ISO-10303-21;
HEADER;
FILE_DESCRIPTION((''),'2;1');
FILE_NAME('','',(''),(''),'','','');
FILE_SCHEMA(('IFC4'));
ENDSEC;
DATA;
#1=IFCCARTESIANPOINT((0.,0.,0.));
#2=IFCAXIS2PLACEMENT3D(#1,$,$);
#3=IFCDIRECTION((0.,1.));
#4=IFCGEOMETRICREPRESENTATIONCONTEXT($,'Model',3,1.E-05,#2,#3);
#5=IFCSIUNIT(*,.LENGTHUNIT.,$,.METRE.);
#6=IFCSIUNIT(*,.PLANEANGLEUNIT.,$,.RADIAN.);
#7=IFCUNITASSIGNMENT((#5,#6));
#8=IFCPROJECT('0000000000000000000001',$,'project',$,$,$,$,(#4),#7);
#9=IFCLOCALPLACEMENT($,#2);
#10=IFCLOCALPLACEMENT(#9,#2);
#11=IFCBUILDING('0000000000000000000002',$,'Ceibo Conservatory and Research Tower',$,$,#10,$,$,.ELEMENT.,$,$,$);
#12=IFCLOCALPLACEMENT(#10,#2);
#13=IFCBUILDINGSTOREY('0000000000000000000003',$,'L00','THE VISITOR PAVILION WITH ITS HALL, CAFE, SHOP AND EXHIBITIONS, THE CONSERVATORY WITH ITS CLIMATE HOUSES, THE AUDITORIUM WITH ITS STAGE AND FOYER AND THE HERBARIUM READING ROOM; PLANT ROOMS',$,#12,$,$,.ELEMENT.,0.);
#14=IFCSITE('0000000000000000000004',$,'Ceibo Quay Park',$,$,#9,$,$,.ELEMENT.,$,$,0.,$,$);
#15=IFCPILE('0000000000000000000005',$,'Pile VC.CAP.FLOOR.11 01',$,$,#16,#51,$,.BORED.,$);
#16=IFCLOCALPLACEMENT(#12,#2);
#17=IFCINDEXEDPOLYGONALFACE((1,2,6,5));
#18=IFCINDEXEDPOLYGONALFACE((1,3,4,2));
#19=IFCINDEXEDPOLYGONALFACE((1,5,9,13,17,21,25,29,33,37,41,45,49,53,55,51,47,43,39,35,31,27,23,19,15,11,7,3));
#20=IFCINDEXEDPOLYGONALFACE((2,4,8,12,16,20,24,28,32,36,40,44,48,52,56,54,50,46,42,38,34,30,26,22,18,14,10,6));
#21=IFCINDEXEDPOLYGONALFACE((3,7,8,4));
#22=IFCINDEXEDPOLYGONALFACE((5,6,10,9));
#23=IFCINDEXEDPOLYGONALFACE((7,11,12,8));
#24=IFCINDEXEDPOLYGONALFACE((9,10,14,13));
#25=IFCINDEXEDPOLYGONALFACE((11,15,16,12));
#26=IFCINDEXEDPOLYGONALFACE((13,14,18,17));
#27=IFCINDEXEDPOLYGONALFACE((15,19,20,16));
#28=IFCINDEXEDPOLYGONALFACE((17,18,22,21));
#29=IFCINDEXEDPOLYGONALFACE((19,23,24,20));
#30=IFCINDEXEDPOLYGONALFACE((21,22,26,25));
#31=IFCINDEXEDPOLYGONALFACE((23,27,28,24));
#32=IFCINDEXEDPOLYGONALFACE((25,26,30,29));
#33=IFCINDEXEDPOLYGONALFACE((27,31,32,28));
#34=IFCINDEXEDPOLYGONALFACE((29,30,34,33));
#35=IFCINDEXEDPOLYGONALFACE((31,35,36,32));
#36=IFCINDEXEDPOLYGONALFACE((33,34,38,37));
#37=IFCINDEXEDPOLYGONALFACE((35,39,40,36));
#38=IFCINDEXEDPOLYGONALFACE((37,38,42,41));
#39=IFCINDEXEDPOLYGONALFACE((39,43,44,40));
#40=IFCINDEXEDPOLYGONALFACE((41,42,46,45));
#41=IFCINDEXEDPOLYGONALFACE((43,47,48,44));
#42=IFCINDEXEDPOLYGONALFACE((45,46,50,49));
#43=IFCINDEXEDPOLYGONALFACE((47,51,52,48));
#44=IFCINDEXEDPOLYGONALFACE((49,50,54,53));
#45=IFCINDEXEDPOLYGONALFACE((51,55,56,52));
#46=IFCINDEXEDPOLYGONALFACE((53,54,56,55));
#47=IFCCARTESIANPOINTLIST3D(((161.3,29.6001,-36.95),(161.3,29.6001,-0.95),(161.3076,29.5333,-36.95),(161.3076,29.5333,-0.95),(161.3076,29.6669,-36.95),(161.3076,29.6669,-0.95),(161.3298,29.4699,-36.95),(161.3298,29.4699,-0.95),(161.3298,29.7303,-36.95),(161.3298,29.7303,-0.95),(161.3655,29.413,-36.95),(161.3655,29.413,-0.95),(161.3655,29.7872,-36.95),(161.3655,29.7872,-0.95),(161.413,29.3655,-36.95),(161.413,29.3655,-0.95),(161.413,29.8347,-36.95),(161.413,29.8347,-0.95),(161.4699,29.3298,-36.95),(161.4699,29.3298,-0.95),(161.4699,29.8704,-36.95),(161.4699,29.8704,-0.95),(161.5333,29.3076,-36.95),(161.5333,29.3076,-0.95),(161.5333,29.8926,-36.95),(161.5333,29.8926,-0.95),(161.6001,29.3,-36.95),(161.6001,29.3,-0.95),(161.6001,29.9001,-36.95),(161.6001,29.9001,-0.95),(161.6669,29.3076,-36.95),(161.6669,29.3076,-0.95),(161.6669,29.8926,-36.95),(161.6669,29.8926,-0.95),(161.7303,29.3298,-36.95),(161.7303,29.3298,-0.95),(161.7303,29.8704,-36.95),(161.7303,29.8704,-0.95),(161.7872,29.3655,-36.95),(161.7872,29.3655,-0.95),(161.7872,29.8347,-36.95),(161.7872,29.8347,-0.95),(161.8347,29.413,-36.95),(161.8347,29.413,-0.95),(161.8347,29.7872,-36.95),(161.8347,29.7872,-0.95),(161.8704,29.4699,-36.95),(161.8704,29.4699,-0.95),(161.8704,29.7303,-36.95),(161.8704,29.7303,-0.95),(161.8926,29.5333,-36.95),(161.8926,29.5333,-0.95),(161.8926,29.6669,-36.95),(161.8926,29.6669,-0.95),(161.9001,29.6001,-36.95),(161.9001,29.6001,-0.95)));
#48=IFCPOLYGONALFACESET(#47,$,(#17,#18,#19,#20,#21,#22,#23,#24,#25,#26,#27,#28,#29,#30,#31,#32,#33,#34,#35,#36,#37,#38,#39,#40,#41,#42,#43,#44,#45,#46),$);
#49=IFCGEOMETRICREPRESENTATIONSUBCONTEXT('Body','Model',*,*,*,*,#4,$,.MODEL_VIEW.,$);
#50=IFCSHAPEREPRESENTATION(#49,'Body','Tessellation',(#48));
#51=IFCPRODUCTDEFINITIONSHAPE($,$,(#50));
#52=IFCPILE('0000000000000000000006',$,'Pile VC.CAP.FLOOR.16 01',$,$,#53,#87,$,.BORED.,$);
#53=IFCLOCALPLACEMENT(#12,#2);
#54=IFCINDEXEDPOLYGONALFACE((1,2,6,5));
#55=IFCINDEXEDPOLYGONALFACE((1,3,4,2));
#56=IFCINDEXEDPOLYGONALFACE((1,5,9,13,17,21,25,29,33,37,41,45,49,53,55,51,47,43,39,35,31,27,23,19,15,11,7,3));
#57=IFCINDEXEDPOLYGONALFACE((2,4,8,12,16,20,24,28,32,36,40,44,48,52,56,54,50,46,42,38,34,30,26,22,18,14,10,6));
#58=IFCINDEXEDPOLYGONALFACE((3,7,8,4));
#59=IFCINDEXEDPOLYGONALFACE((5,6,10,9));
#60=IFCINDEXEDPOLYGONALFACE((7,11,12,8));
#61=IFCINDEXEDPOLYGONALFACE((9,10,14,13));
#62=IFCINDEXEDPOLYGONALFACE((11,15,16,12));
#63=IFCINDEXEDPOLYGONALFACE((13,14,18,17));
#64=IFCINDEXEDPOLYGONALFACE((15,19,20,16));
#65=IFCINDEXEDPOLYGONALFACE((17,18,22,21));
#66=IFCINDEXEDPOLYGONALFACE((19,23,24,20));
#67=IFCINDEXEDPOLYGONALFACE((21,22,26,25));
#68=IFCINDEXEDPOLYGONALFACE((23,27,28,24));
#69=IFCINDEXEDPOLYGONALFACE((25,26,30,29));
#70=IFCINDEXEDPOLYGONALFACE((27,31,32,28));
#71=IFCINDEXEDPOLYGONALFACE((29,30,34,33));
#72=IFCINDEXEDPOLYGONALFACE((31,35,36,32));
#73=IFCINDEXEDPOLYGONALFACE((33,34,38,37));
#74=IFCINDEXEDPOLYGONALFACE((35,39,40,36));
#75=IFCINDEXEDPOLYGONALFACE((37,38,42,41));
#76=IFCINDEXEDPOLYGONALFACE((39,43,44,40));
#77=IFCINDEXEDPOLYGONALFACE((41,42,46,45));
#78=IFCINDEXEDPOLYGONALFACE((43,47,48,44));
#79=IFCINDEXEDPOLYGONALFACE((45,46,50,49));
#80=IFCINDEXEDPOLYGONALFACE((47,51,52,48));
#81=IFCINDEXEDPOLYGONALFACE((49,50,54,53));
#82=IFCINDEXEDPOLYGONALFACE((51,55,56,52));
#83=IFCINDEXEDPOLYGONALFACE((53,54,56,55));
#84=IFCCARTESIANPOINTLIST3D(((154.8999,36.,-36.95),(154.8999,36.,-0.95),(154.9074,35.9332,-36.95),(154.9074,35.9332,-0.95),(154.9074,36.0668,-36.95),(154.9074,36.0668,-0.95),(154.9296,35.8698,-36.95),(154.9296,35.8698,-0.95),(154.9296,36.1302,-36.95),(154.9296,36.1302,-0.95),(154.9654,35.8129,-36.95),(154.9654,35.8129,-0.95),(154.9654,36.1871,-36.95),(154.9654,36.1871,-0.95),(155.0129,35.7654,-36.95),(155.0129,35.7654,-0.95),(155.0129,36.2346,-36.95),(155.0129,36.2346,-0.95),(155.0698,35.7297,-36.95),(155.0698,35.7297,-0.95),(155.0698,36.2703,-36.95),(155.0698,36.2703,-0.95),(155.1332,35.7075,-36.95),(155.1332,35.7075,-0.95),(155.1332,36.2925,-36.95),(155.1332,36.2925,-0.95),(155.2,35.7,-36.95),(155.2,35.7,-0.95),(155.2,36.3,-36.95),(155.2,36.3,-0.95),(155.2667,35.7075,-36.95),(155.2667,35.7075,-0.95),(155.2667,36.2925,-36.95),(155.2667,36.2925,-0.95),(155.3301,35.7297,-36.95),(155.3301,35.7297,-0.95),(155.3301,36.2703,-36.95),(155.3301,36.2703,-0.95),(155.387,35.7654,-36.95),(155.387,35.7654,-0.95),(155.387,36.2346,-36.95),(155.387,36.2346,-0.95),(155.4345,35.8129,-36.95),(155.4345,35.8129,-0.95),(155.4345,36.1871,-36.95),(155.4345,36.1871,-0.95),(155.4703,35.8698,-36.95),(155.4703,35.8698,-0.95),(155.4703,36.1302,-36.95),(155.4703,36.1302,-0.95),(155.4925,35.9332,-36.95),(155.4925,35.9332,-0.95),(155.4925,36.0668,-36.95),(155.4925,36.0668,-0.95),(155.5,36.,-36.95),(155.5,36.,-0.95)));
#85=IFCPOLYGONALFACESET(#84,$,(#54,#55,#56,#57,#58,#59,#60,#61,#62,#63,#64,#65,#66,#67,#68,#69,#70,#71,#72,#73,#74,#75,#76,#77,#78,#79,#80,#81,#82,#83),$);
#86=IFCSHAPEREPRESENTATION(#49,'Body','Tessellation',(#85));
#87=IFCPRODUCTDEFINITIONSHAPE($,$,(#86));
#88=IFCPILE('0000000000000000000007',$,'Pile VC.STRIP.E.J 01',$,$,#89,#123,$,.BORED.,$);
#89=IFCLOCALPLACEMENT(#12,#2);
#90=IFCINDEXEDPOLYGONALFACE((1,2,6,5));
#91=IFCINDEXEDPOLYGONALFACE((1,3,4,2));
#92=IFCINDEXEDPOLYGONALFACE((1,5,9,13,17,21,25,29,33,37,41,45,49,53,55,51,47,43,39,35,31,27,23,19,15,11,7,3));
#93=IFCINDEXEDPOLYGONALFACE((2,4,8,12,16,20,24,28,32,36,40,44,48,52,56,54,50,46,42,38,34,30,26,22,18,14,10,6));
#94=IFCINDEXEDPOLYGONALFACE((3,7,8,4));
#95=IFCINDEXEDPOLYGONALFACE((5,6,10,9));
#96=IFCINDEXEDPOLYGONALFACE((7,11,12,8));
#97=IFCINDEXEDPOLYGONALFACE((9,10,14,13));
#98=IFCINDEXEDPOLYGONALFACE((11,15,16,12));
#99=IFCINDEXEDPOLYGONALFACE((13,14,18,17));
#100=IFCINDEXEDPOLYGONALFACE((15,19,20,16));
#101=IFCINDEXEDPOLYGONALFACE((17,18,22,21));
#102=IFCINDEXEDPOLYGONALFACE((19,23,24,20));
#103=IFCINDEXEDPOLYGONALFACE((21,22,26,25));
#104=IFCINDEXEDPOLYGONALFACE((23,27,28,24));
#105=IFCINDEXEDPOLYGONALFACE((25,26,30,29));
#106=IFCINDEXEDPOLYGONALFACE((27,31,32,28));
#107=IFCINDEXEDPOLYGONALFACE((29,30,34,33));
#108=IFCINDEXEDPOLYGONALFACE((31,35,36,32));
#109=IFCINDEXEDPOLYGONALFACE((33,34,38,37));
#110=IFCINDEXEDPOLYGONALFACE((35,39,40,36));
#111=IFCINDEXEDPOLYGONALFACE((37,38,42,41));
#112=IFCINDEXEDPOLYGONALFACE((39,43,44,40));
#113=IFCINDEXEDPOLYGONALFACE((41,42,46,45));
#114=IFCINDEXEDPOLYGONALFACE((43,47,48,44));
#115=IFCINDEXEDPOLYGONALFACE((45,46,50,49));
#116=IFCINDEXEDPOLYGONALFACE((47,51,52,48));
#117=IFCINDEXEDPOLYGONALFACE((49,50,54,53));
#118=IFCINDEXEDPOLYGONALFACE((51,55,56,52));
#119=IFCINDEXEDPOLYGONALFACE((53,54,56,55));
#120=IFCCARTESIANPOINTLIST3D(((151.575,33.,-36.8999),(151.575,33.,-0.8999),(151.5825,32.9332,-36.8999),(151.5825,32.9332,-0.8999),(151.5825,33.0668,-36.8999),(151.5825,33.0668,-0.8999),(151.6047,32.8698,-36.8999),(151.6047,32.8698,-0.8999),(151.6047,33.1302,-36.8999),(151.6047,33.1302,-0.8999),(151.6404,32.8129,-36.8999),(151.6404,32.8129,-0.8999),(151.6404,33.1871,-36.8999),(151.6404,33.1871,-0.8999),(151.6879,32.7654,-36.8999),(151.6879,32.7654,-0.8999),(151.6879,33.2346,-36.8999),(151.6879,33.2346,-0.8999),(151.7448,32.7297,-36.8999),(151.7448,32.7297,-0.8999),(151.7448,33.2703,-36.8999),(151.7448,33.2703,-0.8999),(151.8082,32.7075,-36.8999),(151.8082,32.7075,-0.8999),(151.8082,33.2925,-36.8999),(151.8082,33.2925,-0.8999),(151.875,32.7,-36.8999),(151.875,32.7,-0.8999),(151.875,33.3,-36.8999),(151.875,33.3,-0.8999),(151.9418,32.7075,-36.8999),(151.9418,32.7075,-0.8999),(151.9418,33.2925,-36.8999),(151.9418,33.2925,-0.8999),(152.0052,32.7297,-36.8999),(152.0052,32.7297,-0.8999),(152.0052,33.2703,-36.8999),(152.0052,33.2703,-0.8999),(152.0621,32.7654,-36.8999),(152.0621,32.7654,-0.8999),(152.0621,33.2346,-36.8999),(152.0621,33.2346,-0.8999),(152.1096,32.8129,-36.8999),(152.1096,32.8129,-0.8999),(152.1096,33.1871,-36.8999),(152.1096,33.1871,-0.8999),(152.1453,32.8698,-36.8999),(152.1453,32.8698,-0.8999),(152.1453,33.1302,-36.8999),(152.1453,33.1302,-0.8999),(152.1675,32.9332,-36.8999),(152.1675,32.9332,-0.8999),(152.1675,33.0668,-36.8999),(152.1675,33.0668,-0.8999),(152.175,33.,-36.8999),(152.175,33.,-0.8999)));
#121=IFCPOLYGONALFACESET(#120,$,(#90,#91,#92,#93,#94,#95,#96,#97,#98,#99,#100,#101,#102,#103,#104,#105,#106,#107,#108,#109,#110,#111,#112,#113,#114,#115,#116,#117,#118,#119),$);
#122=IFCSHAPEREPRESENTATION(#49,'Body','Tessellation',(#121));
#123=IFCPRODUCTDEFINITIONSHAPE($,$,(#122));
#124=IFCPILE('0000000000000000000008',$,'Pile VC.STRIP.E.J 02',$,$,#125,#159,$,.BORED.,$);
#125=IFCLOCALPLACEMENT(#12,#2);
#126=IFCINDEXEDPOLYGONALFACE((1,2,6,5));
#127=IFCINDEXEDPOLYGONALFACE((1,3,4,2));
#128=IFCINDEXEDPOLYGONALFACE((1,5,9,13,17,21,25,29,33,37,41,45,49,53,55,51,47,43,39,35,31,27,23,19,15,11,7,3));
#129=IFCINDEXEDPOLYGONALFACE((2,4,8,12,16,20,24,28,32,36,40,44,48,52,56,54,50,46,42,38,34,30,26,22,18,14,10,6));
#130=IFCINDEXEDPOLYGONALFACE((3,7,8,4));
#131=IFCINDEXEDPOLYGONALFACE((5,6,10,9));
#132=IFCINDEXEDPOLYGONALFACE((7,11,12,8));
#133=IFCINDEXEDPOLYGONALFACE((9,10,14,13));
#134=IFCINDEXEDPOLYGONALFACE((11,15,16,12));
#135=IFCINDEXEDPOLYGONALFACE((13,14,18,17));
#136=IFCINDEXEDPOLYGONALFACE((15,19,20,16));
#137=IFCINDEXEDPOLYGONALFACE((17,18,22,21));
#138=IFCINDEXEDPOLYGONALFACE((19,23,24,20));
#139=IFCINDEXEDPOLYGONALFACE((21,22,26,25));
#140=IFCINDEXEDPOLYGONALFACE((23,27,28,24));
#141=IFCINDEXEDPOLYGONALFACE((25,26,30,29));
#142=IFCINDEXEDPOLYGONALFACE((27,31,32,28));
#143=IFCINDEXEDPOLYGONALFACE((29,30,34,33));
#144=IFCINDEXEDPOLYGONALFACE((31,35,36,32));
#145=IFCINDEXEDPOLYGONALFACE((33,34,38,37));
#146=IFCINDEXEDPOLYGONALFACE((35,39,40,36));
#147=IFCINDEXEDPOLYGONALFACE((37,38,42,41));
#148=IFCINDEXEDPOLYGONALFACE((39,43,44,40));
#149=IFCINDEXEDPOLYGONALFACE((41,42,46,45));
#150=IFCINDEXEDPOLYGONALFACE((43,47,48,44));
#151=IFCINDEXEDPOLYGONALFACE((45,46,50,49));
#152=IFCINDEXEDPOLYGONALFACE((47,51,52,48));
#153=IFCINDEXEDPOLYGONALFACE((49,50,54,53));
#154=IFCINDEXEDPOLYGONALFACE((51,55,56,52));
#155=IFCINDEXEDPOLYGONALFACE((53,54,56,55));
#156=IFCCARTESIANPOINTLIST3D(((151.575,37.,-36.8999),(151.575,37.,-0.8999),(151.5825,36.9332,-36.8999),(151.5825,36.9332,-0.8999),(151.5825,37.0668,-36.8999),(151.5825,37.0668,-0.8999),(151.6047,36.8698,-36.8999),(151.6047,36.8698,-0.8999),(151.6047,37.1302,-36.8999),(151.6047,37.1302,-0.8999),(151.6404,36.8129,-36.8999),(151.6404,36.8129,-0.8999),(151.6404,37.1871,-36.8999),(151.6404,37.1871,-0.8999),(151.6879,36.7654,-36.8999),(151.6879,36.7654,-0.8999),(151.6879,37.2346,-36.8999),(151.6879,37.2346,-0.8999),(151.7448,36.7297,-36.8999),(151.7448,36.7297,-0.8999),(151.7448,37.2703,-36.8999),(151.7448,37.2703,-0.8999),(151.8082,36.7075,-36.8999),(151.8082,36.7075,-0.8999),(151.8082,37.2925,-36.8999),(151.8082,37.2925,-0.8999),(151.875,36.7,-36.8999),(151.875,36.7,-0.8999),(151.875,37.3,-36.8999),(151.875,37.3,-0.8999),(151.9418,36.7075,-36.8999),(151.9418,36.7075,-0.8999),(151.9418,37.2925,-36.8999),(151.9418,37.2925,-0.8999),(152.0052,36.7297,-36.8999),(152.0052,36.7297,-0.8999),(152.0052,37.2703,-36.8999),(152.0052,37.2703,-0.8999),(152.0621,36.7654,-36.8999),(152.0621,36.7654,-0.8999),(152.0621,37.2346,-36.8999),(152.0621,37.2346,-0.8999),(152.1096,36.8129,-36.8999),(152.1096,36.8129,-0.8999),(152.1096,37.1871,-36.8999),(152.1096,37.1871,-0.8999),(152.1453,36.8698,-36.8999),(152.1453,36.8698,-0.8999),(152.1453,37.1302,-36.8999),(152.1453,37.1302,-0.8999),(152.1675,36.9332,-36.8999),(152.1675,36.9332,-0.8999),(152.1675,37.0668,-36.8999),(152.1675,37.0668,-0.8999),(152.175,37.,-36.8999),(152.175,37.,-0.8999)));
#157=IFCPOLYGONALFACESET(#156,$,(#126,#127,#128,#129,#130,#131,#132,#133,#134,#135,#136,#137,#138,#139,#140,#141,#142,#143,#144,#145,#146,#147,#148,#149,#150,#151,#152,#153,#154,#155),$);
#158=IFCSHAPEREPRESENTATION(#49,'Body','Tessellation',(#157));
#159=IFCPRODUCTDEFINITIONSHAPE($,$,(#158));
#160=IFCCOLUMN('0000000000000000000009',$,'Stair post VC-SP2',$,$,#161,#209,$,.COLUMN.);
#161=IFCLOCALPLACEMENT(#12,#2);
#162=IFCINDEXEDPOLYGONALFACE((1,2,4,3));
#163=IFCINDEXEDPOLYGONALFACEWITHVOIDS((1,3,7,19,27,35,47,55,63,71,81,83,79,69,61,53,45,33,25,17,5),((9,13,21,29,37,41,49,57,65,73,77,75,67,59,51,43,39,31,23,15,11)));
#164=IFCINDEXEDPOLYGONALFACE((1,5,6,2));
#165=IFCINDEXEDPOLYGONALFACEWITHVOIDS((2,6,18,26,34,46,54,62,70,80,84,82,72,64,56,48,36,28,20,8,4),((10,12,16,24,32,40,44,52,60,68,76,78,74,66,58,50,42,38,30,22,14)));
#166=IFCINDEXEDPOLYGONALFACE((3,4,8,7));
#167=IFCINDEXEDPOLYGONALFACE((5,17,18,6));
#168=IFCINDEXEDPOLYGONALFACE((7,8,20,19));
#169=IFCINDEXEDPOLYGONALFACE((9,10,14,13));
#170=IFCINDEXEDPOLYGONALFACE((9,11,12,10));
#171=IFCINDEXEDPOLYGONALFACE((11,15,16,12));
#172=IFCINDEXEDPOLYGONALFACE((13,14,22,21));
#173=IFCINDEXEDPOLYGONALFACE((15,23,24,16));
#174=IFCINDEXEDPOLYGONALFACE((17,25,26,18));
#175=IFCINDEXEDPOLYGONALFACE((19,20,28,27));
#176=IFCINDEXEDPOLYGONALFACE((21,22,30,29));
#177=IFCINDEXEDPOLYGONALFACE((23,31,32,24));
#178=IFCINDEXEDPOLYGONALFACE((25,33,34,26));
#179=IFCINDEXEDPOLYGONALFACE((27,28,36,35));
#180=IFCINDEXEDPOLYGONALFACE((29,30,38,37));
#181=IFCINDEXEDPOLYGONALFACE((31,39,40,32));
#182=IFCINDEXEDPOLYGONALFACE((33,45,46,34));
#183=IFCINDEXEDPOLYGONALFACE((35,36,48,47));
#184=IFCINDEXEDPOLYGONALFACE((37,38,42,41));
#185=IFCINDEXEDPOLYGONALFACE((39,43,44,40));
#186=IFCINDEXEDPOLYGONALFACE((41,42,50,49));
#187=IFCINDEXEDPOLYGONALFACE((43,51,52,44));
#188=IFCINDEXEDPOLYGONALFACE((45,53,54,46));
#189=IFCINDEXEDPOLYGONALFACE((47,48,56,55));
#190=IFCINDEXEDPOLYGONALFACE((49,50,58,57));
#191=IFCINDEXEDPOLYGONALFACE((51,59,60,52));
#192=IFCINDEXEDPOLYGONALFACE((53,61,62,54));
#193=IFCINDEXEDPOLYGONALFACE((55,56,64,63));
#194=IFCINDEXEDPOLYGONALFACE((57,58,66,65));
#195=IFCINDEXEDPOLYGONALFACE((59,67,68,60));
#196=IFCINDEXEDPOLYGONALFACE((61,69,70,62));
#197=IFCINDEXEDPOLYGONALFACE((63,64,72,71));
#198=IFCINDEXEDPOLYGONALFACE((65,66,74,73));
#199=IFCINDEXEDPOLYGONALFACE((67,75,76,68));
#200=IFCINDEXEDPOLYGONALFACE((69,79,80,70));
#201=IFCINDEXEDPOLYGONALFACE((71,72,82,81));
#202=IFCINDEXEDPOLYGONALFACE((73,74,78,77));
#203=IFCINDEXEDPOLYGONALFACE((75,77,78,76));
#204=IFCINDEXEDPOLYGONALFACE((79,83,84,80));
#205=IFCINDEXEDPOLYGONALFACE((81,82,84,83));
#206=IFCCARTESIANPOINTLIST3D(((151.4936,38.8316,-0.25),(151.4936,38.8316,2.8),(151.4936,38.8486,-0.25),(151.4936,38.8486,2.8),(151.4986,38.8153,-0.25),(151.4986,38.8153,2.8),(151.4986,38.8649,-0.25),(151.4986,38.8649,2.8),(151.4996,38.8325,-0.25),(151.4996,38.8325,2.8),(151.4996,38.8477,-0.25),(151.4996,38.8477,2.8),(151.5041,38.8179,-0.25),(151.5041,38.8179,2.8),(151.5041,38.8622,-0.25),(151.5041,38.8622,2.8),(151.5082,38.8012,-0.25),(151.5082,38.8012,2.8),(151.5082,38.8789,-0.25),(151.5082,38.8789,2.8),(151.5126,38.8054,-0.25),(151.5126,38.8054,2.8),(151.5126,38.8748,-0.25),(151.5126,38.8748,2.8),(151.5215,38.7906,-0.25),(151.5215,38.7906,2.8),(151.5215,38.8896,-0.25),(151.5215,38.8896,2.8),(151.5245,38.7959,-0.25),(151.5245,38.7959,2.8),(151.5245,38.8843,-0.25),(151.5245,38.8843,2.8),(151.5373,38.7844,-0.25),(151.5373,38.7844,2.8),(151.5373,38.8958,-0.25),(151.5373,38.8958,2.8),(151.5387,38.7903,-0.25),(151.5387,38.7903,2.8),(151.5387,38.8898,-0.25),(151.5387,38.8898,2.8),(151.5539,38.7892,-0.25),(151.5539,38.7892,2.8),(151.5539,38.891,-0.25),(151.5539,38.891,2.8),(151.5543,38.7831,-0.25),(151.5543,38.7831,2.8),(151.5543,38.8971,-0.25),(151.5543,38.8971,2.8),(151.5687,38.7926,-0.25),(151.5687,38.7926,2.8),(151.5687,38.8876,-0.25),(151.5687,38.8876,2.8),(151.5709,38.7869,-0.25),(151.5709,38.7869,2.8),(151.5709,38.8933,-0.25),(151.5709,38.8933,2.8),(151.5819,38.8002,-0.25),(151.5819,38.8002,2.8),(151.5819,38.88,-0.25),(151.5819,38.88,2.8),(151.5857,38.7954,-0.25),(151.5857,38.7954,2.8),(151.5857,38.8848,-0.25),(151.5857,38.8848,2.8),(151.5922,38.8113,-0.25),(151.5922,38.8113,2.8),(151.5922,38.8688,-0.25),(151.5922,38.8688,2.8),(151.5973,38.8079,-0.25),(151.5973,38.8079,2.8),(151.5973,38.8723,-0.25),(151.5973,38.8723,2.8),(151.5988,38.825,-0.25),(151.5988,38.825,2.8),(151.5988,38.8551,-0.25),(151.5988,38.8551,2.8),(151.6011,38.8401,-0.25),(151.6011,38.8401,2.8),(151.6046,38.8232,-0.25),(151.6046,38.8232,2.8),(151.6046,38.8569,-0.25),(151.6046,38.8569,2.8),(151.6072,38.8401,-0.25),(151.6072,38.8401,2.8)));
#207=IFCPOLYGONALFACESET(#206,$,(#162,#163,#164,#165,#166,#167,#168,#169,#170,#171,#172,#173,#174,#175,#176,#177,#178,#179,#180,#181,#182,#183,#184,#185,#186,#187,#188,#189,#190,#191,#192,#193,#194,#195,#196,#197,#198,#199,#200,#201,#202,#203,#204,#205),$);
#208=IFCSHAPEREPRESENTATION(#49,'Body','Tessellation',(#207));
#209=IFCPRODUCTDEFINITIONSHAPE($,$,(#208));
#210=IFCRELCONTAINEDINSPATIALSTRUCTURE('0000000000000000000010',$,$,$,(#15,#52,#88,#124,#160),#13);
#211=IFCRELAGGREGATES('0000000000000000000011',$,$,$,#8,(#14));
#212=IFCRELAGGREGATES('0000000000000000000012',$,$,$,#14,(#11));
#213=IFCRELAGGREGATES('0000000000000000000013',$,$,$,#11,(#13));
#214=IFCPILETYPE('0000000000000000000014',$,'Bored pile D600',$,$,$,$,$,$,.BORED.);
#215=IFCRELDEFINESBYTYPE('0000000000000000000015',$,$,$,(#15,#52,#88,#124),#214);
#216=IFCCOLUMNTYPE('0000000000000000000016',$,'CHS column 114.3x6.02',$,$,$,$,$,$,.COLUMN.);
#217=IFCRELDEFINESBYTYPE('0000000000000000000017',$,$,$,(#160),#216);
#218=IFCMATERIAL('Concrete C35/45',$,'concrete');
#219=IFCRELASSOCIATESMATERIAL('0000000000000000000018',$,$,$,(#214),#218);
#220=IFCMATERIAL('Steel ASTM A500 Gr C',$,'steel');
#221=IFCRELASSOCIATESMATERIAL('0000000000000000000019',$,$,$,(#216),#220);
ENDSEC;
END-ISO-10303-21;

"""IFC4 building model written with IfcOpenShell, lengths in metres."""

from ifc_helpers import new_model, si_unit, direction, frame, origin, origin_2d, place, context, subcontext, project, spatial, circle, hollow_circle, extrude, material, material_profile, profile_set, type_object, element, save


model = new_model("IFC4")

# Units and contexts
model_context = context("Model", 3, precision=1e-05, world=origin(), true_north=direction((0.0, 1.0)))
body_context = subcontext(model_context, "Body", "Model", "MODEL_VIEW")
ifc_project = project(units=[si_unit("LENGTHUNIT", "METRE"), si_unit("PLANEANGLEUNIT", "RADIAN")], contexts=[model_context])

# Site, building, storey
site_placement = place(None, origin())
site = spatial("IfcSite", under=ifc_project, at=site_placement, Name="Ceibo Quay Park", CompositionType="ELEMENT", RefElevation=0.0)
building_placement = place(site_placement, origin())
building = spatial("IfcBuilding", under=site, at=building_placement, Name="Ceibo Conservatory and Research Tower", CompositionType="ELEMENT")
storey_placement = place(building_placement, origin())
storey = spatial("IfcBuildingStorey", under=building, at=storey_placement, Name="L00", Description="THE VISITOR PAVILION WITH ITS HALL, CAFE, SHOP AND EXHIBITIONS, THE CONSERVATORY WITH ITS CLIMATE HOUSES, THE AUDITORIUM WITH ITS STAGE AND FOYER AND THE HERBARIUM READING ROOM; PLANT ROOMS", CompositionType="ELEMENT", Elevation=0.0)

# Piles
ifc_material_1 = material(Name="Concrete C35/45", Category="concrete")
ifc_material_profile_1 = material_profile(ifc_material_1, circle(Radius=0.3, at=origin_2d()), Name="RC D600")
ifc_profile_set_1 = profile_set([ifc_material_profile_1], Name="Concrete C35/45")
pile_type = type_object("IfcPileType", Name="Bored pile D600", PredefinedType="BORED", material=ifc_profile_set_1)
for number, where, z_axis, x_axis, name in (
    (1, (161.6001, 29.6001, -0.95), (0.0, 0.0, -1.0), (1.0, 0.0, 0.0), "Pile VC.CAP.FLOOR.11 01"),
    (2, (155.2, 36.0, -0.95), (0.0, 0.0, -1.0), (1.0, 0.0, 0.0), "Pile VC.CAP.FLOOR.16 01"),
    (3, (151.875, 33.0, -0.8999), (0.0, 0.0, -1.0), (1.0, 0.0, 0.0), "Pile VC.STRIP.E.J 01"),
    (4, (151.875, 37.0, -0.8999), (0.0, 0.0, -1.0), (1.0, 0.0, 0.0), "Pile VC.STRIP.E.J 02"),
):
    element("IfcPile", number, at=place(storey_placement, frame(where, z_axis=z_axis, x_axis=x_axis)), inside=storey, type_object=pile_type, Name=name, PredefinedType="BORED", context=body_context, shape_type="SweptSolid", body=[
        extrude(circle(Radius=0.3, at=origin_2d()), origin(), (0.0, 0.0, 1.0), 36.0),
    ])

# Column
ifc_material_2 = material(Name="Steel ASTM A500 Gr C", Category="steel")
ifc_material_profile_2 = material_profile(ifc_material_2, hollow_circle(Radius=0.0571, WallThickness=0.0061, at=origin_2d()), Name="CHS column 114.3x6.02")
ifc_profile_set_2 = profile_set([ifc_material_profile_2], Name="Steel ASTM A500 Gr C")
column_type_1 = type_object("IfcColumnType", Name="CHS column 114.3x6.02", PredefinedType="COLUMN", material=ifc_profile_set_2)
column_placement = place(storey_placement, frame((151.55, 38.8401, -0.25), z_axis=(0.0, 0.0, 1.0), x_axis=(1.0, 0.0, 0.0)))
element("IfcColumn", 5, at=column_placement, inside=storey, type_object=column_type_1, Name="Stair post VC-SP2", PredefinedType="COLUMN", context=body_context, shape_type="SweptSolid", body=[
    extrude(hollow_circle(Radius=0.0571, WallThickness=0.0061, at=origin_2d()), origin(), (0.0, 0.0, 1.0), 3.05),
])

save(model, "model.ifc")
